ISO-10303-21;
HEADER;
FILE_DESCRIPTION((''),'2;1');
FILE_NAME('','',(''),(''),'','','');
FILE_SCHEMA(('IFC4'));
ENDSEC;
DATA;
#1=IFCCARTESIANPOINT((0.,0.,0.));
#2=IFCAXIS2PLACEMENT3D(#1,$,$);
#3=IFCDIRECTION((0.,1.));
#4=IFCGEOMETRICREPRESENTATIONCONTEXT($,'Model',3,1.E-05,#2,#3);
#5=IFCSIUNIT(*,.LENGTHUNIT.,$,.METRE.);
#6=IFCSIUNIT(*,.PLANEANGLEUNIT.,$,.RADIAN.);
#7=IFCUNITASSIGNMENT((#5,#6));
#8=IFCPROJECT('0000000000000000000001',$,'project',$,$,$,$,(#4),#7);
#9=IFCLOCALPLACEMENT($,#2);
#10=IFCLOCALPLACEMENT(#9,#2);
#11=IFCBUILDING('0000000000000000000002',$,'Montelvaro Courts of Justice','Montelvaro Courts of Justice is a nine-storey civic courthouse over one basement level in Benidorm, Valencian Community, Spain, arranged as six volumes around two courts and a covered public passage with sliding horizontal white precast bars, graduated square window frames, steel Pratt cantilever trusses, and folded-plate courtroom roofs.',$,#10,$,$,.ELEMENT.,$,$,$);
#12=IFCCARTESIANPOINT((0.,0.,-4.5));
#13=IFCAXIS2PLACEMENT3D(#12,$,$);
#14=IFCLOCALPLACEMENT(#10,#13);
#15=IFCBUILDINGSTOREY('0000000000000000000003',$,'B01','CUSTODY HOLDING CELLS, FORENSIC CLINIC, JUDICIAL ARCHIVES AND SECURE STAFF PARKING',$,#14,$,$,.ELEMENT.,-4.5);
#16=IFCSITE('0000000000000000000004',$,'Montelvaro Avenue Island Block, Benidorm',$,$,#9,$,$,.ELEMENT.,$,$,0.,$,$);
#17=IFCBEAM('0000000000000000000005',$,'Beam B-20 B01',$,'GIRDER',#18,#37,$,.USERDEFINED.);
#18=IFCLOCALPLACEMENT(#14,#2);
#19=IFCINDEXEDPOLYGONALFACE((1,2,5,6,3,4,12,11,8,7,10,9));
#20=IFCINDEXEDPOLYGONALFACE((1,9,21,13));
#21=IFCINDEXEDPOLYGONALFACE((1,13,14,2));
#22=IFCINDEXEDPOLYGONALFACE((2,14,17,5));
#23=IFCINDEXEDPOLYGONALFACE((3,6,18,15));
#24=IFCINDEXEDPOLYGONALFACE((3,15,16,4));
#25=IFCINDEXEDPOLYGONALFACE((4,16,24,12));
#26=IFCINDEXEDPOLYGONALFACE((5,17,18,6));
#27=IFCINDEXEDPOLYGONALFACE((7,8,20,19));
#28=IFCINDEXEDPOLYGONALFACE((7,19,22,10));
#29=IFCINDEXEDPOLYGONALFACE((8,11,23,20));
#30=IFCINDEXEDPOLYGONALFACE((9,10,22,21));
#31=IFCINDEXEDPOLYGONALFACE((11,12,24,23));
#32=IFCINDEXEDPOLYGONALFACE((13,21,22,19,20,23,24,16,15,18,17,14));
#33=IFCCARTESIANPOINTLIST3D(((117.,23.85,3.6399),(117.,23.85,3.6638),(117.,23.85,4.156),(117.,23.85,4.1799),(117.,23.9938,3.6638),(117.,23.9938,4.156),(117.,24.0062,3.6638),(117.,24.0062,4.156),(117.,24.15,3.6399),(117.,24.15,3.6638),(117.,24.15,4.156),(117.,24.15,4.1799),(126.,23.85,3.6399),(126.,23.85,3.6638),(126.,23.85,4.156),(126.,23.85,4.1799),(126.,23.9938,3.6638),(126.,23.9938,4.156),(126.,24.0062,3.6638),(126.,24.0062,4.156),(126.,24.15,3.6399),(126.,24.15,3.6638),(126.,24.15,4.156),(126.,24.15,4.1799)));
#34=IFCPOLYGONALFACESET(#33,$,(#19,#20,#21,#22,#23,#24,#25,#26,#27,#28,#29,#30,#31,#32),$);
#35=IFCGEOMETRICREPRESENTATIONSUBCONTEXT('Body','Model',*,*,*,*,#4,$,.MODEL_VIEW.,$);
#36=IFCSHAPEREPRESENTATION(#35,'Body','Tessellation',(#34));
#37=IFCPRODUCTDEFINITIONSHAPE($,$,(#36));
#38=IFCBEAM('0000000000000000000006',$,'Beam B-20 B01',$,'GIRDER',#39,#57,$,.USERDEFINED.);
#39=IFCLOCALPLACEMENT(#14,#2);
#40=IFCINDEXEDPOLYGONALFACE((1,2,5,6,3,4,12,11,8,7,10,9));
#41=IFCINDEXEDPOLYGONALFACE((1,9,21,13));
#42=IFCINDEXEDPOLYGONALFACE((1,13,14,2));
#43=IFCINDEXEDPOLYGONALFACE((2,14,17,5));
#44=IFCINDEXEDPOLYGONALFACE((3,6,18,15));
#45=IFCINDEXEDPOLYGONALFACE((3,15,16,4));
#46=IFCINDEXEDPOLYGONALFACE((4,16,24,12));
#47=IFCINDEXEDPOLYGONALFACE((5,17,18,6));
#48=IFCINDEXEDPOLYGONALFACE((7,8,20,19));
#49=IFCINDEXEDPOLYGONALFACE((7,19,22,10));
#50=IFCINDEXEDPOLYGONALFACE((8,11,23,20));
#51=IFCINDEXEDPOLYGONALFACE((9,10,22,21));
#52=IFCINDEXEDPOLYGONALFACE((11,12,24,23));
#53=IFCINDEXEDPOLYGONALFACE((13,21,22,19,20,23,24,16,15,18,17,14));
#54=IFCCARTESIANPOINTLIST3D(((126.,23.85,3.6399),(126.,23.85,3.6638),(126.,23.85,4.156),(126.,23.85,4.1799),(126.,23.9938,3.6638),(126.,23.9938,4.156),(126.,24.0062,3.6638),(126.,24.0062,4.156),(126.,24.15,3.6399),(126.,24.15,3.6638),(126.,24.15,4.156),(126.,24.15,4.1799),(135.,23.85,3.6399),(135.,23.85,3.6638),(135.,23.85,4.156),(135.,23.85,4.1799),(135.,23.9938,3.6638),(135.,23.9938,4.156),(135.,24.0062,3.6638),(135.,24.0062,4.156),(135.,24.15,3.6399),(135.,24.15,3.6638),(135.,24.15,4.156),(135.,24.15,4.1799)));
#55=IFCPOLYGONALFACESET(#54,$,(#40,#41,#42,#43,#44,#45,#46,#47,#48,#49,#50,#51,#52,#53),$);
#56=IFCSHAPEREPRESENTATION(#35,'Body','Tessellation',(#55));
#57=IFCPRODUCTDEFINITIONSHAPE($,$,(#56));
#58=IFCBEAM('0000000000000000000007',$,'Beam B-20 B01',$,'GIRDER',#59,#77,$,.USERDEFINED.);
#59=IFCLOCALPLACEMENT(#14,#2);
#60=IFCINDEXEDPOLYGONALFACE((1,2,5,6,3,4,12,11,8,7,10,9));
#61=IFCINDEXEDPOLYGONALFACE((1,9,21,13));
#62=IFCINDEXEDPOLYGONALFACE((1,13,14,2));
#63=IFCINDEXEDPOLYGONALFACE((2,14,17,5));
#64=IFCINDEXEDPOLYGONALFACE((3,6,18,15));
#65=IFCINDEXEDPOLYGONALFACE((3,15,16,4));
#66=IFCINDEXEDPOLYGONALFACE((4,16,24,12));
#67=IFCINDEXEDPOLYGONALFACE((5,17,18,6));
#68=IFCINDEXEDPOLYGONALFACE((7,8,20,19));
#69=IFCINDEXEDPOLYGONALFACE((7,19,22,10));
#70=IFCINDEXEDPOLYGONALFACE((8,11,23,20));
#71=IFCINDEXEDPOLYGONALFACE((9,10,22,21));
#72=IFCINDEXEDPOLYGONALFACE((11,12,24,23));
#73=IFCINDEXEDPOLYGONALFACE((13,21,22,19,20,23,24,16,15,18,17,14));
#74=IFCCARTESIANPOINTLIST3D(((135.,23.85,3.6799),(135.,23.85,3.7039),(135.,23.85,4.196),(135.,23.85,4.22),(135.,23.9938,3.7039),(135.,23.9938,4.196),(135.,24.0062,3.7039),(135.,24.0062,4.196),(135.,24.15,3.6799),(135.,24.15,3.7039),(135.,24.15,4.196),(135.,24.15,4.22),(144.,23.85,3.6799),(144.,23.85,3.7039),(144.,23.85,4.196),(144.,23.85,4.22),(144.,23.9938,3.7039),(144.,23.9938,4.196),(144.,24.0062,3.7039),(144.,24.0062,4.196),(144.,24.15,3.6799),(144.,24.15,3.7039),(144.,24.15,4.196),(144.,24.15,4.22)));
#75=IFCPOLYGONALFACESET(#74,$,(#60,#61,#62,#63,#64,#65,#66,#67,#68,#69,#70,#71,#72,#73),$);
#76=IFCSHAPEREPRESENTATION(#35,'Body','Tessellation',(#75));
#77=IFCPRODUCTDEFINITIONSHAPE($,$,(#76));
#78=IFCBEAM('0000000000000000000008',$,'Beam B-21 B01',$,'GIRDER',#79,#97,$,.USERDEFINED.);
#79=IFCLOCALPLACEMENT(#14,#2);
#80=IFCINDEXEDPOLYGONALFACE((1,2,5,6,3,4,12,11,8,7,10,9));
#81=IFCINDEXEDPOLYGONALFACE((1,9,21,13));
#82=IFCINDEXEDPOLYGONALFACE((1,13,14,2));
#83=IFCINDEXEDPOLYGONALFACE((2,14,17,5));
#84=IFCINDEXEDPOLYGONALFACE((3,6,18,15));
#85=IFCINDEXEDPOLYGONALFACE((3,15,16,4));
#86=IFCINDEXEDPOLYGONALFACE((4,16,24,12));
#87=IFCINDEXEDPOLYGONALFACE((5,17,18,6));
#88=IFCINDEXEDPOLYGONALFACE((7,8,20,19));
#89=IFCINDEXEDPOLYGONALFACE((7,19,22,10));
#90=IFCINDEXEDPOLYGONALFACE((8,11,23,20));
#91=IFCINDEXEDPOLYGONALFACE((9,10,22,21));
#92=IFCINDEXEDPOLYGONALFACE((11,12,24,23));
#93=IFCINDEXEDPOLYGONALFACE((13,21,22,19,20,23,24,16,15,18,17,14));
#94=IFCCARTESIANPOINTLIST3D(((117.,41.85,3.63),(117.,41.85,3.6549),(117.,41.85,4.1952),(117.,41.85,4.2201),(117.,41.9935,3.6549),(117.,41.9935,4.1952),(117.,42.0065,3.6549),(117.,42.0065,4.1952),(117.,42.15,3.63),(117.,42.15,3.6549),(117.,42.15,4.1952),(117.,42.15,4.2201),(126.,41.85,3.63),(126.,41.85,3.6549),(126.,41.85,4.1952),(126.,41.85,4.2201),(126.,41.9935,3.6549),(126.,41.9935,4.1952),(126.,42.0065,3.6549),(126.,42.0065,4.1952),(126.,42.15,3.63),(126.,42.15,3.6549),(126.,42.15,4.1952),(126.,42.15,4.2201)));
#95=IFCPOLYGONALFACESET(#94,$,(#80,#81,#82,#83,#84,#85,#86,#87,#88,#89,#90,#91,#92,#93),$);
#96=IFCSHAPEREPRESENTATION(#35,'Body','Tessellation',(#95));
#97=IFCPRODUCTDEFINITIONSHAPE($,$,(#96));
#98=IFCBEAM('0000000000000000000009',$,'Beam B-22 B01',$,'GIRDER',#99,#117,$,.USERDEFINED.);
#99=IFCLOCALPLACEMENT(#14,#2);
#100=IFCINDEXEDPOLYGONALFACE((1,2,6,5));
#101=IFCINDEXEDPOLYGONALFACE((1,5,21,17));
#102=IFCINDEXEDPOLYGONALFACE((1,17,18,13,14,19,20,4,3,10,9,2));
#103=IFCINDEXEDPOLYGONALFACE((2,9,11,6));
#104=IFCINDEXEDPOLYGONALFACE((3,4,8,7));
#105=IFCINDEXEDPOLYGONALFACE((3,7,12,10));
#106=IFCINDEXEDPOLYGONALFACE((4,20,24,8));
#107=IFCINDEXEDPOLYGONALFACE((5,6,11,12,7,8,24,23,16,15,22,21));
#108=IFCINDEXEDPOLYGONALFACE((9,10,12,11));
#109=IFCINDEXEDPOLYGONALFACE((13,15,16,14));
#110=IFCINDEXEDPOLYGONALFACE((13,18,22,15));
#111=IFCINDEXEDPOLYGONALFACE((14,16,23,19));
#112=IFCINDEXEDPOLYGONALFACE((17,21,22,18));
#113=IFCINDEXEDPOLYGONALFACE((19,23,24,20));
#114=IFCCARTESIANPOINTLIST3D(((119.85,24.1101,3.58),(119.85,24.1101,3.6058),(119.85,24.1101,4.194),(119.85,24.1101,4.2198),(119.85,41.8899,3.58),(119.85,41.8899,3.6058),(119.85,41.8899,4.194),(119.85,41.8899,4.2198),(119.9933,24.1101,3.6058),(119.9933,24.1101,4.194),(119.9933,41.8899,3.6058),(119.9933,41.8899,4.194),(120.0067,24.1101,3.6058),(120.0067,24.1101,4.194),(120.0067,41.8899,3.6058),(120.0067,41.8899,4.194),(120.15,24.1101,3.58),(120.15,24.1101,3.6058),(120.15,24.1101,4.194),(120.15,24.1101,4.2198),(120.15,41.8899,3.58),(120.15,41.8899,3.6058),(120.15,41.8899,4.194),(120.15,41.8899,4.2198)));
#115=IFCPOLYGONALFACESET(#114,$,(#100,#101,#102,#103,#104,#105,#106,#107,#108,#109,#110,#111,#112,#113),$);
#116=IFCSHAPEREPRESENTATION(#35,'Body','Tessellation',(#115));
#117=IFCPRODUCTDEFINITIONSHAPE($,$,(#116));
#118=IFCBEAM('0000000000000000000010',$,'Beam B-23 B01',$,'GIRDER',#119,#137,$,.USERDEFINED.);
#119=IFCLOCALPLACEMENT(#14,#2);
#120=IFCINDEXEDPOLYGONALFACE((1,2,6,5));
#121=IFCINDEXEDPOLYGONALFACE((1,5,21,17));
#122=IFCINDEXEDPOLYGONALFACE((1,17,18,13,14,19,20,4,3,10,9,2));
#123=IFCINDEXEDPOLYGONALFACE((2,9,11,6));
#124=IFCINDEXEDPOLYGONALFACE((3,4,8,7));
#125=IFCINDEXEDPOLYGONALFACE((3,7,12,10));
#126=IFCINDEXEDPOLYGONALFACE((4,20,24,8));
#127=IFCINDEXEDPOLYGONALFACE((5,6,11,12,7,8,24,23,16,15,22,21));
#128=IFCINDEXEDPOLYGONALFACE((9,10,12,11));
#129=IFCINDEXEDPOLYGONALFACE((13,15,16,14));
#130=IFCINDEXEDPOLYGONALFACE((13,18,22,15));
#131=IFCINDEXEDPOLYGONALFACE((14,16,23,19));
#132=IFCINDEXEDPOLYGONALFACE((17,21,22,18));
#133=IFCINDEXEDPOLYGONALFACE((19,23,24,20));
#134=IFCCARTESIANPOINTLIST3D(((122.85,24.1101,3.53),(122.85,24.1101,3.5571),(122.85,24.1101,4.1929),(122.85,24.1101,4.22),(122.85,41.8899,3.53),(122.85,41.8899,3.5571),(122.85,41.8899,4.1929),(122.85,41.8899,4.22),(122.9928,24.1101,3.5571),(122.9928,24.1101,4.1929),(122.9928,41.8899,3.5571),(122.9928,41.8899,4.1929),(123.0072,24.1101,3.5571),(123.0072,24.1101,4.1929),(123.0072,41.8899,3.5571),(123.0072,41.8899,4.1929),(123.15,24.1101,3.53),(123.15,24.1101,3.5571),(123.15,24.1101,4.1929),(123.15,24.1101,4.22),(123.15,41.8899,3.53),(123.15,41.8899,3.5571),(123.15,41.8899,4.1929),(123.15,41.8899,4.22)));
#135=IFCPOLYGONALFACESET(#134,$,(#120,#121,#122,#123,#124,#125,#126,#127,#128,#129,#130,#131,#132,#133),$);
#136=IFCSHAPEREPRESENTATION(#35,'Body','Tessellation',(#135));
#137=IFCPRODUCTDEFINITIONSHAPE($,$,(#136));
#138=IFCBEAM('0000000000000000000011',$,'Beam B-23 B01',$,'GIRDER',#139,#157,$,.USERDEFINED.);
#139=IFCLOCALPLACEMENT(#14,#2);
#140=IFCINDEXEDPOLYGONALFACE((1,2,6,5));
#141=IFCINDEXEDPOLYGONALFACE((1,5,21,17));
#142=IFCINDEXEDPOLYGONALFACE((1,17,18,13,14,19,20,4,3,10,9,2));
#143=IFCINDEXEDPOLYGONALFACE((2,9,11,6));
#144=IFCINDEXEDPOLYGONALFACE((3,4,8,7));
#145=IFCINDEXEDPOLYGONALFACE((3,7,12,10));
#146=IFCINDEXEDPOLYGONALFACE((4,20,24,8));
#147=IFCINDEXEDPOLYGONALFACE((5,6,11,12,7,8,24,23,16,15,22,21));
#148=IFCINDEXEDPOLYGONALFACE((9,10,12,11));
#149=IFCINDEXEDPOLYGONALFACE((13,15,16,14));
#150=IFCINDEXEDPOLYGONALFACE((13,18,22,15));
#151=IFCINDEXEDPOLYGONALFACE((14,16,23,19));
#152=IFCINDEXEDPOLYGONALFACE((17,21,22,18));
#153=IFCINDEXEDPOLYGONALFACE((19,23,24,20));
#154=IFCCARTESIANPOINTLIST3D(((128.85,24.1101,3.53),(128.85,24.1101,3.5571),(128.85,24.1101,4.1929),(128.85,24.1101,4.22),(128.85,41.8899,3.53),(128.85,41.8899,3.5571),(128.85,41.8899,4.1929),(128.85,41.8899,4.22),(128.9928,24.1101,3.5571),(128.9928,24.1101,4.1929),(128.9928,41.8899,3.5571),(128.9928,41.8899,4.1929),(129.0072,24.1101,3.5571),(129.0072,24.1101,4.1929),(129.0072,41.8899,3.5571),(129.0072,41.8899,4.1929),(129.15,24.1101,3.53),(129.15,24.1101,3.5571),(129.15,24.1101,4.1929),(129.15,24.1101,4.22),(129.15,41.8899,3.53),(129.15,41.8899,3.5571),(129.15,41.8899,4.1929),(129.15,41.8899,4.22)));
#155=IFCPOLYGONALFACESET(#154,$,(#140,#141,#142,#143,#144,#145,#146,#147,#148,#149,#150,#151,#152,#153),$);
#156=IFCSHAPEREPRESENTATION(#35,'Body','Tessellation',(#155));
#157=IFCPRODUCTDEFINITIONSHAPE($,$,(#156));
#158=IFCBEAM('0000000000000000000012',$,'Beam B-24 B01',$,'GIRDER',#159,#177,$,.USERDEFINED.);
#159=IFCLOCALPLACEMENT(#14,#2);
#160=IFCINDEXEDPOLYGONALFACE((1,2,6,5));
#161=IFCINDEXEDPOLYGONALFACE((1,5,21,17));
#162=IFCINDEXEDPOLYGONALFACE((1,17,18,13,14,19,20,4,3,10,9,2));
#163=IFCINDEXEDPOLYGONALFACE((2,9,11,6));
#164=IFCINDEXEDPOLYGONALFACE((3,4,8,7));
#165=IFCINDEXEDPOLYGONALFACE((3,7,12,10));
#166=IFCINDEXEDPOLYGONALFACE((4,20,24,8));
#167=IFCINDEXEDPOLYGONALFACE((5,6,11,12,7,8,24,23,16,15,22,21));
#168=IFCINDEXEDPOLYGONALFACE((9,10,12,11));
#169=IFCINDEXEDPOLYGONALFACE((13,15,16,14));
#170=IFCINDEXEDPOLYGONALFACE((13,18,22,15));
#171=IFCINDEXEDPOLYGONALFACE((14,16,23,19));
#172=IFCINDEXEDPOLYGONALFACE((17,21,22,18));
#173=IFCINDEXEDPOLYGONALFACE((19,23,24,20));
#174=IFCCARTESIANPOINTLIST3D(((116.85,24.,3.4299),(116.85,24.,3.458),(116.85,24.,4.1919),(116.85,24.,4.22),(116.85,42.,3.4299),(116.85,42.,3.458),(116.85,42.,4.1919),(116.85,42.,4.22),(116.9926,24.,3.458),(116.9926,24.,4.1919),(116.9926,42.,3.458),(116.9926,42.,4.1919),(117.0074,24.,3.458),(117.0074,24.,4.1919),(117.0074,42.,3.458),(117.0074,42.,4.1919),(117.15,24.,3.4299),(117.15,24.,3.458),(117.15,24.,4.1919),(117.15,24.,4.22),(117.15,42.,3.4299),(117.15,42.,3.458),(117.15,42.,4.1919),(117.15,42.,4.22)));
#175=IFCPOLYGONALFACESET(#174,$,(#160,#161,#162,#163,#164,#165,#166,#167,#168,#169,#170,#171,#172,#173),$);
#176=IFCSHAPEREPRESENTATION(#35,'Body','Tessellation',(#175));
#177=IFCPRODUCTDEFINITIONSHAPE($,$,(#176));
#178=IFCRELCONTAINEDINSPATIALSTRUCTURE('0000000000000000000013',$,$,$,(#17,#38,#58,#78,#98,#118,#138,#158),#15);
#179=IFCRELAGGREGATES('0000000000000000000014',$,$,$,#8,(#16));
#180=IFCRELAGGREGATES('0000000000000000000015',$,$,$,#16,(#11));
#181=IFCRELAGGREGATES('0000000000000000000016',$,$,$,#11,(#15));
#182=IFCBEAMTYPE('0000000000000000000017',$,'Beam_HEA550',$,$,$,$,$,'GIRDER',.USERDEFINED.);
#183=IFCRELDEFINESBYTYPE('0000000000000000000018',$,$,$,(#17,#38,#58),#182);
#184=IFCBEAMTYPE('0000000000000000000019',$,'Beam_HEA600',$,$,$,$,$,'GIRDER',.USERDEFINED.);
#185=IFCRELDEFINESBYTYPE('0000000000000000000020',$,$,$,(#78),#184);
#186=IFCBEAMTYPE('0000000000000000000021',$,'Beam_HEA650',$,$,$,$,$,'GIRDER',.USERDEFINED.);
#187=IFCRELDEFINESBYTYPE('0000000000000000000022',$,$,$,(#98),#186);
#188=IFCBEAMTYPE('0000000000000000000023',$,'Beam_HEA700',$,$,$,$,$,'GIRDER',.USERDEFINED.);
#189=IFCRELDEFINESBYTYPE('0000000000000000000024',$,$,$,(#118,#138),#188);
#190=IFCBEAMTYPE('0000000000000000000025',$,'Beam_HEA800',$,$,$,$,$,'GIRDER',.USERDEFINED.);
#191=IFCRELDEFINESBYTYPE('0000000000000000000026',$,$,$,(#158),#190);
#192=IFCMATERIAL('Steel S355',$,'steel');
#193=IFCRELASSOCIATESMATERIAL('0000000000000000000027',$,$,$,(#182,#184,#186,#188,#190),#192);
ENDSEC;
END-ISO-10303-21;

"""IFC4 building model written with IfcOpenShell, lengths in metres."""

from ifc_helpers import new_model, si_unit, direction, frame, origin, origin_2d, place, context, subcontext, project, spatial, i_section, extrude, material, material_profile, profile_set, type_object, element, save


model = new_model("IFC4")

# Units and contexts
model_context = context("Model", 3, precision=1e-05, world=origin(), true_north=direction((0.0, 1.0)))
body_context = subcontext(model_context, "Body", "Model", "MODEL_VIEW")
ifc_project = project(units=[si_unit("LENGTHUNIT", "METRE"), si_unit("PLANEANGLEUNIT", "RADIAN")], contexts=[model_context])

# Site, building, storey
site_placement = place(None, origin())
site = spatial("IfcSite", under=ifc_project, at=site_placement, Name="Montelvaro Avenue Island Block, Benidorm", CompositionType="ELEMENT", RefElevation=0.0)
building_placement = place(site_placement, origin())
building = spatial("IfcBuilding", under=site, at=building_placement, Name="Montelvaro Courts of Justice", Description="Montelvaro Courts of Justice is a nine-storey civic courthouse over one basement level in Benidorm, Valencian Community, Spain, arranged as six volumes around two courts and a covered public passage with sliding horizontal white precast bars, graduated square window frames, steel Pratt cantilever trusses, and folded-plate courtroom roofs.", CompositionType="ELEMENT")
storey_placement = place(building_placement, frame((0.0, 0.0, -4.5)))
storey = spatial("IfcBuildingStorey", under=building, at=storey_placement, Name="B01", Description="CUSTODY HOLDING CELLS, FORENSIC CLINIC, JUDICIAL ARCHIVES AND SECURE STAFF PARKING", CompositionType="ELEMENT", Elevation=-4.5)

# Beams
ifc_material_1 = material(Name="Steel S355", Category="steel")
ifc_material_profile_1 = material_profile(ifc_material_1, i_section(OverallWidth=0.3, OverallDepth=0.54, WebThickness=0.0125, FlangeThickness=0.0239, at=origin_2d()), Name="HEA 550")
ifc_profile_set_1 = profile_set([ifc_material_profile_1], Name="Steel S355")
beam_type_1 = type_object("IfcBeamType", Name="Beam_HEA550", ElementType="GIRDER", PredefinedType="USERDEFINED", material=ifc_profile_set_1)
for number, where, z_axis, x_axis, name in (
    (1, (117.0, 24.0, 3.9099), (1.0, 0.0, 0.0), (0.0, 1.0, 0.0), "Beam B-20 B01"),
    (2, (126.0, 24.0, 3.9099), (1.0, 0.0, 0.0), (0.0, 1.0, 0.0), "Beam B-20 B01"),
    (3, (135.0, 24.0, 3.95), (1.0, 0.0, 0.0), (0.0, 1.0, 0.0), "Beam B-20 B01"),
):
    element("IfcBeam", number, at=place(storey_placement, frame(where, z_axis=z_axis, x_axis=x_axis)), inside=storey, type_object=beam_type_1, Name=name, ObjectType="GIRDER", PredefinedType="USERDEFINED", context=body_context, shape_type="SweptSolid", body=[
        extrude(i_section(OverallWidth=0.3, OverallDepth=0.54, WebThickness=0.0125, FlangeThickness=0.0239, at=origin_2d()), origin(), (0.0, 0.0, 1.0), 9.0),
    ])
ifc_material_profile_2 = material_profile(ifc_material_1, i_section(OverallWidth=0.3, OverallDepth=0.5901, WebThickness=0.0129, FlangeThickness=0.0249, at=origin_2d()), Name="HEA 600")
ifc_profile_set_2 = profile_set([ifc_material_profile_2], Name="Steel S355")
beam_type_2 = type_object("IfcBeamType", Name="Beam_HEA600", ElementType="GIRDER", PredefinedType="USERDEFINED", material=ifc_profile_set_2)
beam_1_placement = place(storey_placement, frame((117.0, 42.0, 3.925), z_axis=(1.0, 0.0, 0.0), x_axis=(0.0, 1.0, 0.0)))
element("IfcBeam", 4, at=beam_1_placement, inside=storey, type_object=beam_type_2, Name="Beam B-21 B01", ObjectType="GIRDER", PredefinedType="USERDEFINED", context=body_context, shape_type="SweptSolid", body=[
    extrude(i_section(OverallWidth=0.3, OverallDepth=0.5901, WebThickness=0.0129, FlangeThickness=0.0249, at=origin_2d()), origin(), (0.0, 0.0, 1.0), 9.0),
])
ifc_material_profile_3 = material_profile(ifc_material_1, i_section(OverallWidth=0.3, OverallDepth=0.6399, WebThickness=0.0134, FlangeThickness=0.0259, at=origin_2d()), Name="HEA 650")
ifc_profile_set_3 = profile_set([ifc_material_profile_3], Name="Steel S355")
beam_type_3 = type_object("IfcBeamType", Name="Beam_HEA650", ElementType="GIRDER", PredefinedType="USERDEFINED", material=ifc_profile_set_3)
beam_2_placement = place(storey_placement, frame((120.0, 24.1101, 3.8999), z_axis=(0.0, 1.0, 0.0), x_axis=(-1.0, 0.0, 0.0)))
element("IfcBeam", 5, at=beam_2_placement, inside=storey, type_object=beam_type_3, Name="Beam B-22 B01", ObjectType="GIRDER", PredefinedType="USERDEFINED", context=body_context, shape_type="SweptSolid", body=[
    extrude(i_section(OverallWidth=0.3, OverallDepth=0.6399, WebThickness=0.0134, FlangeThickness=0.0259, at=origin_2d()), origin(), (0.0, 0.0, 1.0), 17.7798),
])
ifc_material_profile_4 = material_profile(ifc_material_1, i_section(OverallWidth=0.3, OverallDepth=0.6899, WebThickness=0.0144, FlangeThickness=0.0271, at=origin_2d()), Name="HEA 700")
ifc_profile_set_4 = profile_set([ifc_material_profile_4], Name="Steel S355")
beam_type_4 = type_object("IfcBeamType", Name="Beam_HEA700", ElementType="GIRDER", PredefinedType="USERDEFINED", material=ifc_profile_set_4)
for number, where, z_axis, x_axis, name in (
    (6, (123.0, 24.1101, 3.875), (0.0, 1.0, 0.0), (-1.0, 0.0, 0.0), "Beam B-23 B01"),
    (7, (129.0, 24.1101, 3.875), (0.0, 1.0, 0.0), (-1.0, 0.0, 0.0), "Beam B-23 B01"),
):
    element("IfcBeam", number, at=place(storey_placement, frame(where, z_axis=z_axis, x_axis=x_axis)), inside=storey, type_object=beam_type_4, Name=name, ObjectType="GIRDER", PredefinedType="USERDEFINED", context=body_context, shape_type="SweptSolid", body=[
        extrude(i_section(OverallWidth=0.3, OverallDepth=0.6899, WebThickness=0.0144, FlangeThickness=0.0271, at=origin_2d()), origin(), (0.0, 0.0, 1.0), 17.7798),
    ])
ifc_material_profile_5 = material_profile(ifc_material_1, i_section(OverallWidth=0.3, OverallDepth=0.79, WebThickness=0.0149, FlangeThickness=0.0281, at=origin_2d()), Name="HEA 800")
ifc_profile_set_5 = profile_set([ifc_material_profile_5], Name="Steel S355")
beam_type_5 = type_object("IfcBeamType", Name="Beam_HEA800", ElementType="GIRDER", PredefinedType="USERDEFINED", material=ifc_profile_set_5)
beam_3_placement = place(storey_placement, frame((117.0, 24.0, 3.825), z_axis=(0.0, 1.0, 0.0), x_axis=(-1.0, 0.0, 0.0)))
element("IfcBeam", 8, at=beam_3_placement, inside=storey, type_object=beam_type_5, Name="Beam B-24 B01", ObjectType="GIRDER", PredefinedType="USERDEFINED", context=body_context, shape_type="SweptSolid", body=[
    extrude(i_section(OverallWidth=0.3, OverallDepth=0.79, WebThickness=0.0149, FlangeThickness=0.0281, at=origin_2d()), origin(), (0.0, 0.0, 1.0), 18.0),
])

save(model, "model.ifc")
